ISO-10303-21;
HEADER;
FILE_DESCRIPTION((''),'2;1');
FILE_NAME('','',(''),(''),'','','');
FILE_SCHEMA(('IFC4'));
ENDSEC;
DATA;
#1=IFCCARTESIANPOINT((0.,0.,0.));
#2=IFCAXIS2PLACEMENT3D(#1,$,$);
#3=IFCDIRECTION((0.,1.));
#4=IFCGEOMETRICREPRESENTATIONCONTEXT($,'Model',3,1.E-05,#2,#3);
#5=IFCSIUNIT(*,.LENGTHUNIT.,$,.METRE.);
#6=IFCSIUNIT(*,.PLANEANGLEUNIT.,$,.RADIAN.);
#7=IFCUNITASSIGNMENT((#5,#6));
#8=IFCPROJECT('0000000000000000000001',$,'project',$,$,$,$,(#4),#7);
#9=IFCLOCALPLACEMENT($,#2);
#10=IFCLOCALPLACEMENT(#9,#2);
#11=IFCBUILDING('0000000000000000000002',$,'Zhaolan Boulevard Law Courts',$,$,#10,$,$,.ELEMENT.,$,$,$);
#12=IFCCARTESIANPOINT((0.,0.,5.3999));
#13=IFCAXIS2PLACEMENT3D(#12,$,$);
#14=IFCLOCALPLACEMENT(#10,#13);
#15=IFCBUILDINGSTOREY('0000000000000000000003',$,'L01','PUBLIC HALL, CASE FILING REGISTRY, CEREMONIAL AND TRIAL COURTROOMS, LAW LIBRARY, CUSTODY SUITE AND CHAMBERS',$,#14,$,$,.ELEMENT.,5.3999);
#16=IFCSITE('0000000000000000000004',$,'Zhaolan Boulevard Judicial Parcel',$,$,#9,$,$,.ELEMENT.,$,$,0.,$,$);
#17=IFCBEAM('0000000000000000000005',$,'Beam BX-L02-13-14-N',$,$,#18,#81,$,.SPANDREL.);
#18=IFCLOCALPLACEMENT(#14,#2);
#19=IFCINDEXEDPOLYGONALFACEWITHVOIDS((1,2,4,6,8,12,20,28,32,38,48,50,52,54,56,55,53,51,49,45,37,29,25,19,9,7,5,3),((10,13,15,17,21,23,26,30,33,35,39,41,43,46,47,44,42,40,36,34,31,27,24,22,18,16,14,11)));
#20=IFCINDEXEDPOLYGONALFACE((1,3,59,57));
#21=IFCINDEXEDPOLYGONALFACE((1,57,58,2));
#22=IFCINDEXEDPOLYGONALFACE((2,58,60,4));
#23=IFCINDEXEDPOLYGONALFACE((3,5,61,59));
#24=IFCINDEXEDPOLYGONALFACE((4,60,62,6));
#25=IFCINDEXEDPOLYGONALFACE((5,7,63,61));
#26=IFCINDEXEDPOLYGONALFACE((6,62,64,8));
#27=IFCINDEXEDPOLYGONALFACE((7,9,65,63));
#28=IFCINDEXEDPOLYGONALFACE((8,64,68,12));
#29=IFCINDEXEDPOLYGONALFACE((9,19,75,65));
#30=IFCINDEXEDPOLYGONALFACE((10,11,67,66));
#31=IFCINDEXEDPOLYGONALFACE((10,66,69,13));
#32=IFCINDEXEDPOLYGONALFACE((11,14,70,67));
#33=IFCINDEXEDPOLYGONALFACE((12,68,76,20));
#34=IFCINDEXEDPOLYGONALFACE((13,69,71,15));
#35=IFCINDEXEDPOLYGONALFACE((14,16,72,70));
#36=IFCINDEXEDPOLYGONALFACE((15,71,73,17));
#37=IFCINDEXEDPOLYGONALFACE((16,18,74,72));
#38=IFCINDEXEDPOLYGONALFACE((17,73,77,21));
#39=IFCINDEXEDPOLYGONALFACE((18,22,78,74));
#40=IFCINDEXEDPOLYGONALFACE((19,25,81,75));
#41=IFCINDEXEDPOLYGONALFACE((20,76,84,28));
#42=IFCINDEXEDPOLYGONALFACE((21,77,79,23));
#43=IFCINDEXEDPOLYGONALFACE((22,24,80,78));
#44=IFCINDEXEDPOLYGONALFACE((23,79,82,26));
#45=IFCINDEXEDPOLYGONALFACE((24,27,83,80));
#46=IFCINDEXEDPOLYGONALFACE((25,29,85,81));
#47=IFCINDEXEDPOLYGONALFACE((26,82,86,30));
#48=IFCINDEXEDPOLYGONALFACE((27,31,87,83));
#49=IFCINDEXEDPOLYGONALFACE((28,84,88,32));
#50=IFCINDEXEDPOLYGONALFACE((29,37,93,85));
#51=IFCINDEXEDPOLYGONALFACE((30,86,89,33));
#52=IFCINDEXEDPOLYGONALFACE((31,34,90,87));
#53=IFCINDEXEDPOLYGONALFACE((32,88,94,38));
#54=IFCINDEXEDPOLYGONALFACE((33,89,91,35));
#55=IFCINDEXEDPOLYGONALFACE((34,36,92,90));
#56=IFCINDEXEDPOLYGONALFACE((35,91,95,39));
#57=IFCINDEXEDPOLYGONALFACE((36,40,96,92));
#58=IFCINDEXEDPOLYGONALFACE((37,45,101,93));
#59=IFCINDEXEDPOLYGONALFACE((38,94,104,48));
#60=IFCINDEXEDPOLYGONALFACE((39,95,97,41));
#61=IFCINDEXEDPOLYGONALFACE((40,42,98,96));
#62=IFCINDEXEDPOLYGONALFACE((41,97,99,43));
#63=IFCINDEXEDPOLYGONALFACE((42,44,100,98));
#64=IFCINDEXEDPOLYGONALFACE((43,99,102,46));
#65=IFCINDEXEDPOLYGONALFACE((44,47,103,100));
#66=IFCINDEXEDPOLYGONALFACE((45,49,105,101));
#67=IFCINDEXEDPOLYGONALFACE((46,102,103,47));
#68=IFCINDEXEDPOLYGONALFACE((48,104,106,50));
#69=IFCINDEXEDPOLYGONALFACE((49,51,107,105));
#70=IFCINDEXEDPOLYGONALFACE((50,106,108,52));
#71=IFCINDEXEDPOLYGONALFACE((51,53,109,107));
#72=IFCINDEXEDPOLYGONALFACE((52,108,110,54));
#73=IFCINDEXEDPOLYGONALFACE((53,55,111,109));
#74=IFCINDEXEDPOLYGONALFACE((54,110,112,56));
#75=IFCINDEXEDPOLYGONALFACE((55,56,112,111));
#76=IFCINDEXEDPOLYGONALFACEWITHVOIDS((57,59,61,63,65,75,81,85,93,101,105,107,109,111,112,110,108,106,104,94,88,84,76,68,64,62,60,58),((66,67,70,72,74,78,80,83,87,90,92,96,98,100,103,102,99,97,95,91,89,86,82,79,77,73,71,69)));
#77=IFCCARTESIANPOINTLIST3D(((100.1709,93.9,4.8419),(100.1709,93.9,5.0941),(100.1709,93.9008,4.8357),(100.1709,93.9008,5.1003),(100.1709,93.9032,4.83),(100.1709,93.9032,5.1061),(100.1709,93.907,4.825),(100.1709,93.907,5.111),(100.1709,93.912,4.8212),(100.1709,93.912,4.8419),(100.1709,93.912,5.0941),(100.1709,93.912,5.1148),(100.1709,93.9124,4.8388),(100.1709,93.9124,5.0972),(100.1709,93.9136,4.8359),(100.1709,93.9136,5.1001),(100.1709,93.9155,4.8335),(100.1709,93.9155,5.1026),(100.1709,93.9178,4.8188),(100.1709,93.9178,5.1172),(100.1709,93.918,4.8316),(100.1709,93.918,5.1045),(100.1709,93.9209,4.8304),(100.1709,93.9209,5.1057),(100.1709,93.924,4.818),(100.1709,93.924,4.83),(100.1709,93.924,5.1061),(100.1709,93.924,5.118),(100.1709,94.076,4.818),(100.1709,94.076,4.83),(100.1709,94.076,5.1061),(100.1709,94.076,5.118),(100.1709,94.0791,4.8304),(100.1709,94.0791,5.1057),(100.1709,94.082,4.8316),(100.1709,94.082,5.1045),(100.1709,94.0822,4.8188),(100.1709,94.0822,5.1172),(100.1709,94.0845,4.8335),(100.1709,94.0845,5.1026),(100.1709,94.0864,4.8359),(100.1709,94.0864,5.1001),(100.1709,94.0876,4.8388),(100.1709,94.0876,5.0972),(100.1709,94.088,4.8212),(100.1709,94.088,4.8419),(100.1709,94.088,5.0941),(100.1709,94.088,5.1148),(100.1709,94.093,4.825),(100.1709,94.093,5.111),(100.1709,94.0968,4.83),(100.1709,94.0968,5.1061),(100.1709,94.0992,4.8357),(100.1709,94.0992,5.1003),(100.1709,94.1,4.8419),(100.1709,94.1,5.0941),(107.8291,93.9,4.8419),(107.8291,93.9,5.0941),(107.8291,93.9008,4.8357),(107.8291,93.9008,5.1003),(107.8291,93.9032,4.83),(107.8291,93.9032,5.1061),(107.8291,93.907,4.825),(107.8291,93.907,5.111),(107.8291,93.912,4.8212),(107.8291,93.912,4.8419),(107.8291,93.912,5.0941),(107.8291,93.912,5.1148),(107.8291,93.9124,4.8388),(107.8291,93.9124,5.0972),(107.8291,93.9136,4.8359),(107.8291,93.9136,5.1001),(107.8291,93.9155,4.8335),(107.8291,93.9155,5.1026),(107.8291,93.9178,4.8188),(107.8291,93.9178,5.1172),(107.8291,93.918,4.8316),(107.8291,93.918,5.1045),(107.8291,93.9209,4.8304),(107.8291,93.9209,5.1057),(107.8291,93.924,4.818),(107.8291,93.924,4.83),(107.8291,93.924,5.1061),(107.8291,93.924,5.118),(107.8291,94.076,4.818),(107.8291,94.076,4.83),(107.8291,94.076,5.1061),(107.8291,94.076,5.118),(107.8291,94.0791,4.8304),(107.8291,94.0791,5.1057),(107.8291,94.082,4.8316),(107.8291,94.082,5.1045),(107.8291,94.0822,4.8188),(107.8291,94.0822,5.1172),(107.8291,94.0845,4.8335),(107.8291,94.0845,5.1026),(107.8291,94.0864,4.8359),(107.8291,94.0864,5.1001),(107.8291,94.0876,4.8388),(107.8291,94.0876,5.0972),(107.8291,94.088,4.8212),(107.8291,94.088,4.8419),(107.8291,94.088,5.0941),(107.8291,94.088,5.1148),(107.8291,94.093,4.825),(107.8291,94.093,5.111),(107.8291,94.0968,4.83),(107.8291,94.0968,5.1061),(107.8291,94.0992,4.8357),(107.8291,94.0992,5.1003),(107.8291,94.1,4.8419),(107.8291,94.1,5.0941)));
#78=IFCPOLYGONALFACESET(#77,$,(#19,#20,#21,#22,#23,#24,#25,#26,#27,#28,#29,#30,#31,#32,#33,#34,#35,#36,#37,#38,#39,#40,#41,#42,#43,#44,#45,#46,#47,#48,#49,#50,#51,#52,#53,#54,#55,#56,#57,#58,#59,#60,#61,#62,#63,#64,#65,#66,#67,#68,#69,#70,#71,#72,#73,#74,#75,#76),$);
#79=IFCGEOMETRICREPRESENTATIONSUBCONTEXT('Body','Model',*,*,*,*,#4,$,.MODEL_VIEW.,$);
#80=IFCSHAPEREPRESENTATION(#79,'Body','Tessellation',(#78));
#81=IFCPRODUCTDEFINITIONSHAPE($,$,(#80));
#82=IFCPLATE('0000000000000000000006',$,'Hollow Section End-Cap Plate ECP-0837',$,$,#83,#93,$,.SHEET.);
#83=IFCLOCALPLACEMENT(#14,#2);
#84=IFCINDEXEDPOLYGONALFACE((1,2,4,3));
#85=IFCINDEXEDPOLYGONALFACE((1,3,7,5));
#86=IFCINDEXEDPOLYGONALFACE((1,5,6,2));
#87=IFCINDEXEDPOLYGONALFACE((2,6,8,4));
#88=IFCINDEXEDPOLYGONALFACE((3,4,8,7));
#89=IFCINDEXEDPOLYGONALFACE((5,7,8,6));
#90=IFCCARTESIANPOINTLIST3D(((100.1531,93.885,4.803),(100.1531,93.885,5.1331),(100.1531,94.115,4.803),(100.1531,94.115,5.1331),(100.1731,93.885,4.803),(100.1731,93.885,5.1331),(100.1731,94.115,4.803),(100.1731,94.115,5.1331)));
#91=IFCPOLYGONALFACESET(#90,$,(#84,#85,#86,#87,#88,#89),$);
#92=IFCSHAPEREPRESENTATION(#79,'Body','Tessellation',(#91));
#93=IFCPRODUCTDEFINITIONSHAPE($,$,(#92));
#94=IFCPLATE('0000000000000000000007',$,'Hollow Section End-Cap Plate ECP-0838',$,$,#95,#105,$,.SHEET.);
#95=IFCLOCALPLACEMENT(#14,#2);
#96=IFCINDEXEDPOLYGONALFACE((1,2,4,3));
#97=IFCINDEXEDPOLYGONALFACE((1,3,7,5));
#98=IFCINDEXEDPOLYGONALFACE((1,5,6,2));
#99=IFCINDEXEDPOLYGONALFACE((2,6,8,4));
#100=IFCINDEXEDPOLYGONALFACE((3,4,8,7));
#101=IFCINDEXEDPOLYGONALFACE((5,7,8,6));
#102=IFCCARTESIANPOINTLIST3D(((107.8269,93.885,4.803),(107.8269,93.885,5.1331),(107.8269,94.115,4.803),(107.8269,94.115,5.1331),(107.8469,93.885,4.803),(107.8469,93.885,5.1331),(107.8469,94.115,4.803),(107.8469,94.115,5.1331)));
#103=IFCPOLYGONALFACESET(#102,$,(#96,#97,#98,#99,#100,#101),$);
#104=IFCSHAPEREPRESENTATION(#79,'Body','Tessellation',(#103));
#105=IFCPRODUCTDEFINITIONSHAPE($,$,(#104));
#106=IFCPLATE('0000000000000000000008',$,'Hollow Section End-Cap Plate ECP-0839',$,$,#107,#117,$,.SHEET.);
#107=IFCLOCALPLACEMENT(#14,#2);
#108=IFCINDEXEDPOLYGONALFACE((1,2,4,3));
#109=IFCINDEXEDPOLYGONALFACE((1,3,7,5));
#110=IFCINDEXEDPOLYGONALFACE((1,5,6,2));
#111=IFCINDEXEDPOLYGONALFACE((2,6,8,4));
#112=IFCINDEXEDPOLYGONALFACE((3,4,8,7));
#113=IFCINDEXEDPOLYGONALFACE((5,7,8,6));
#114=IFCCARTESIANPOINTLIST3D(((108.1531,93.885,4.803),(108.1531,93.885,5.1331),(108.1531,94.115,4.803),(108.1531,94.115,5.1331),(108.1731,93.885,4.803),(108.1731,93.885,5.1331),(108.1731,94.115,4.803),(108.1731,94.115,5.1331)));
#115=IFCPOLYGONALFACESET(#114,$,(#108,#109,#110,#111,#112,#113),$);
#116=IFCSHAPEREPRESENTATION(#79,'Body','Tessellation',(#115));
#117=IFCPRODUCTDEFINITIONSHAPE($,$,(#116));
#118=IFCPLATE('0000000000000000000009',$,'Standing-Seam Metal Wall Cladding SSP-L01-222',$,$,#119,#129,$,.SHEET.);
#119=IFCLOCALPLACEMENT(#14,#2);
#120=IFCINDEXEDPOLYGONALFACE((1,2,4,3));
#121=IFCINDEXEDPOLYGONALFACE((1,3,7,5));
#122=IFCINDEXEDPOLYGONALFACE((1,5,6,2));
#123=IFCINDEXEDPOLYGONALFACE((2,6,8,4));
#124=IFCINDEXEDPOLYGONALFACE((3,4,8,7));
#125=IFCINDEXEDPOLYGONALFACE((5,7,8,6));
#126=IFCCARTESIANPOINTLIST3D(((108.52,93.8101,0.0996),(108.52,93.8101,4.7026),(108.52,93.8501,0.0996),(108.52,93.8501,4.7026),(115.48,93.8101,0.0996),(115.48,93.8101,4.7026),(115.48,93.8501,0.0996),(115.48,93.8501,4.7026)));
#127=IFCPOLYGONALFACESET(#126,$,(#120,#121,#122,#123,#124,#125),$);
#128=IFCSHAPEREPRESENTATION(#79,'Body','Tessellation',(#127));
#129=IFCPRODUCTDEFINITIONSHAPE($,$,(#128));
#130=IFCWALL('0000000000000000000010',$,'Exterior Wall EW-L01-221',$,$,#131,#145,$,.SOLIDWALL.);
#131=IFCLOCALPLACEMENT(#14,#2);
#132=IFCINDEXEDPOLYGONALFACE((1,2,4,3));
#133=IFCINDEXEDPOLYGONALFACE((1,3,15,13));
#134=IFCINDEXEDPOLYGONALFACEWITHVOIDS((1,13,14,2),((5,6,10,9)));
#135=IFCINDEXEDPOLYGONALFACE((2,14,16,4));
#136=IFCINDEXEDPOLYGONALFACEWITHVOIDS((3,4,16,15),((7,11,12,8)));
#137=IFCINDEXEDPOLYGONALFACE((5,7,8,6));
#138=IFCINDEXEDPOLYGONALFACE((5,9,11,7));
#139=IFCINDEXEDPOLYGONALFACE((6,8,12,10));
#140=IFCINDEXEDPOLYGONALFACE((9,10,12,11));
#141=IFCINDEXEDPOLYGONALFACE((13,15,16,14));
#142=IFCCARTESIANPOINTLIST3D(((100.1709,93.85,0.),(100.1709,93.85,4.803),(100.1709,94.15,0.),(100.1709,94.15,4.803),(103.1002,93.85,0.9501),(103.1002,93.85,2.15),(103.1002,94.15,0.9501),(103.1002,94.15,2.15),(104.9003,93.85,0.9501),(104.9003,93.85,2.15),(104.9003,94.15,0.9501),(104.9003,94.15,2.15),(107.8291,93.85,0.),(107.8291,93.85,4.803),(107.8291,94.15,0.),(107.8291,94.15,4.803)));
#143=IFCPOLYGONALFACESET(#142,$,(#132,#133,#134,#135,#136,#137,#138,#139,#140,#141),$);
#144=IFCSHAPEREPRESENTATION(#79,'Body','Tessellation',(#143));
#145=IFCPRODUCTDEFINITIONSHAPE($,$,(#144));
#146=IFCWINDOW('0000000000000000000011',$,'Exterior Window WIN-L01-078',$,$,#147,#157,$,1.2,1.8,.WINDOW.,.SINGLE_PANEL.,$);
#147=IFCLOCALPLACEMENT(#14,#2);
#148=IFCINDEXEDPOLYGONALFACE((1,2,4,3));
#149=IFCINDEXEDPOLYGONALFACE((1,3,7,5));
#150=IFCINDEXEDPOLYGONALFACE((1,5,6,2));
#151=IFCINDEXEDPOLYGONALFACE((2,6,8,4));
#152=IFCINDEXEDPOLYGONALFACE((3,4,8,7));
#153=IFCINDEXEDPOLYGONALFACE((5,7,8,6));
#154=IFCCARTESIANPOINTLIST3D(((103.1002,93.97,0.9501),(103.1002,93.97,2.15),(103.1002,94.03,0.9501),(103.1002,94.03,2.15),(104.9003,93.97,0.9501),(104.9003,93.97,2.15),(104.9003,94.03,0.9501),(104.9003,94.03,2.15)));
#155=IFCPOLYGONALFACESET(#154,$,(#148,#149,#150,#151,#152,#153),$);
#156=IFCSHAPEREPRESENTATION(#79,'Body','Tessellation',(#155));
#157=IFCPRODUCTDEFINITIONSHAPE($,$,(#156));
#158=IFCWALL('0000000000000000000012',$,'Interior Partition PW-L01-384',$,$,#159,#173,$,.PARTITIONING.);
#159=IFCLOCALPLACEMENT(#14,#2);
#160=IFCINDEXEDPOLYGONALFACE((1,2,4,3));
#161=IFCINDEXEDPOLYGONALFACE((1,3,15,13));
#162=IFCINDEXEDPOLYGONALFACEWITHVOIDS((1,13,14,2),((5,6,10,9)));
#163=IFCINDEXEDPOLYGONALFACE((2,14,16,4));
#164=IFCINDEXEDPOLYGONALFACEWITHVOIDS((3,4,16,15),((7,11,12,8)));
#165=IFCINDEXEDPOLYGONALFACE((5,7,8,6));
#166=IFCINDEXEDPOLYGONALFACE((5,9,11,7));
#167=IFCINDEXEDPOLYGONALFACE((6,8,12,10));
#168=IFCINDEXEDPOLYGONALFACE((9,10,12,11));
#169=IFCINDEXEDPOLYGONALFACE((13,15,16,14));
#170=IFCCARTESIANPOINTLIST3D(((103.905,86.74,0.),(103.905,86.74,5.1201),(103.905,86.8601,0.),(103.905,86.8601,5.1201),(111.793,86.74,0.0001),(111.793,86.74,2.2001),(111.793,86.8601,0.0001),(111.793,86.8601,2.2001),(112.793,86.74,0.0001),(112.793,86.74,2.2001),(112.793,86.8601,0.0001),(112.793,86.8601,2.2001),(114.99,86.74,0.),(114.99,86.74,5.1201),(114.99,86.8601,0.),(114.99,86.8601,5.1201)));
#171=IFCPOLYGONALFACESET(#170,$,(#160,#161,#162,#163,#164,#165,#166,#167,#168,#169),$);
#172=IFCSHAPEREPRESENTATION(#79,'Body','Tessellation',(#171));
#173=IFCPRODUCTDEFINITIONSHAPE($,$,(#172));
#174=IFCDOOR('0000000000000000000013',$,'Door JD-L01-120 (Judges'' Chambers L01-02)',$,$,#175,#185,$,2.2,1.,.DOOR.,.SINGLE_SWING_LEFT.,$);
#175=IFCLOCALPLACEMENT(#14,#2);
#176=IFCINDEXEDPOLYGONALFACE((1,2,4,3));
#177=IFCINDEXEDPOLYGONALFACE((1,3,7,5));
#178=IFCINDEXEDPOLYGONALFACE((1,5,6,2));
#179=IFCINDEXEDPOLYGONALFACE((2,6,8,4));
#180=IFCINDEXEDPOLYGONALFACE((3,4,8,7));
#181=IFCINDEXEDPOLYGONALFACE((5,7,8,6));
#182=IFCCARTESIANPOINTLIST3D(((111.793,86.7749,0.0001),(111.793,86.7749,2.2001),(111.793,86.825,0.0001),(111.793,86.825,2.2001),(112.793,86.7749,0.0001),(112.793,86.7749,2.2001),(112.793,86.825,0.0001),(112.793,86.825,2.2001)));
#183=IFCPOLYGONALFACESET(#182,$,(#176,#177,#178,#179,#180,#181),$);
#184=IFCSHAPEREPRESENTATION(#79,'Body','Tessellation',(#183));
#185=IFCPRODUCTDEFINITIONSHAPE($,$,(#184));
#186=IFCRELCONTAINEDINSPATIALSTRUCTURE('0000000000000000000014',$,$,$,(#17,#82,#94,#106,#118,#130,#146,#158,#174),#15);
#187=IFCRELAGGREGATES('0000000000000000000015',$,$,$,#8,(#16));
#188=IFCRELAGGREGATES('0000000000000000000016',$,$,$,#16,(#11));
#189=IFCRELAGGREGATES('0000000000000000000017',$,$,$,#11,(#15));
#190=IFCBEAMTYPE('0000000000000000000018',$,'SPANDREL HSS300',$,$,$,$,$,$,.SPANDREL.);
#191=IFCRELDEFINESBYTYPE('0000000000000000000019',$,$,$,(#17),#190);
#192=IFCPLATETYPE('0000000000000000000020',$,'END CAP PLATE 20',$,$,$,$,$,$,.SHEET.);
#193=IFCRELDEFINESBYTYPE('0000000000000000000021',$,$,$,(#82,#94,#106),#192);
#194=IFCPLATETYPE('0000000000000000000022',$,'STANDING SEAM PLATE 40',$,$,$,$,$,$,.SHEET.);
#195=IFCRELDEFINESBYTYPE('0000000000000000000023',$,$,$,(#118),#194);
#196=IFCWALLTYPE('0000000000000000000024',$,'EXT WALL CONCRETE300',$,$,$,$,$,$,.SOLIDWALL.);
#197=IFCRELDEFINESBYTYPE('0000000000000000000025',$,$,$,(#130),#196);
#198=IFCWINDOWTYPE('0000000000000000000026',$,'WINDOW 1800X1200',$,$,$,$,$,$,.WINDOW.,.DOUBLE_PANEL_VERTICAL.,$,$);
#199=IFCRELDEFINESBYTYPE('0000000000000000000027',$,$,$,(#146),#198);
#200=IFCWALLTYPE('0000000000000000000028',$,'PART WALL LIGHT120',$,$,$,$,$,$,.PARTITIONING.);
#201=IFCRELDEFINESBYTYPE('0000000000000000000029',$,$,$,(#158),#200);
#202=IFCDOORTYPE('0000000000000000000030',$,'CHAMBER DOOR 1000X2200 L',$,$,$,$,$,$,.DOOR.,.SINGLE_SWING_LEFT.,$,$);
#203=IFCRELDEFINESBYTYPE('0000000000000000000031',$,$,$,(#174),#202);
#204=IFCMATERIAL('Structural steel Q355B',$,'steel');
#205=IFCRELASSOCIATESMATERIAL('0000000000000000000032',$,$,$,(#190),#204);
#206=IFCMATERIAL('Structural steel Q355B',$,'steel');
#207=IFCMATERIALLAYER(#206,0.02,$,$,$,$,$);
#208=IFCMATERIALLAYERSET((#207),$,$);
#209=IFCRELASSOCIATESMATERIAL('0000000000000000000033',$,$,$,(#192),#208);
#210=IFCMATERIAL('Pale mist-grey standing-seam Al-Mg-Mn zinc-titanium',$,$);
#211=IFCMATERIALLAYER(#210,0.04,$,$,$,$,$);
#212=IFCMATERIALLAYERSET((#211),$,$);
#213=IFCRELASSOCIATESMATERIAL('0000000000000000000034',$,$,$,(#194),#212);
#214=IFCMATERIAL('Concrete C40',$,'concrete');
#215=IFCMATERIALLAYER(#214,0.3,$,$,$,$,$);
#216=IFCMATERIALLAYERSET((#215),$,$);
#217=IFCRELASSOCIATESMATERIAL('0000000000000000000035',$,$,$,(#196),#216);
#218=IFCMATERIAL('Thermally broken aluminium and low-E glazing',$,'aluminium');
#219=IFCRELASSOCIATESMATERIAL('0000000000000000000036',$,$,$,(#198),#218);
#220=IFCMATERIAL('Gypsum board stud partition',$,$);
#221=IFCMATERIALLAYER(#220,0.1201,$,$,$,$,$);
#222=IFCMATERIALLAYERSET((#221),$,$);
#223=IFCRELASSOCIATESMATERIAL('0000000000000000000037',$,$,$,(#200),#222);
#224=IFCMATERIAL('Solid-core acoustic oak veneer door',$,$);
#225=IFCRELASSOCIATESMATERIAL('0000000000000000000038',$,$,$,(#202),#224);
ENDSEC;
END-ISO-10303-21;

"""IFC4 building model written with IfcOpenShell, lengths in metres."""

from ifc_helpers import new_model, si_unit, direction, frame, frame_2d, origin, origin_2d, place, context, subcontext, project, spatial, rectangle, hollow_rectangle, extrude, material, layer, layer_set, material_profile, profile_set, type_object, element, fill, save


model = new_model("IFC4")

# Units and contexts
model_context = context("Model", 3, precision=1e-05, world=origin(), true_north=direction((0.0, 1.0)))
body_context = subcontext(model_context, "Body", "Model", "MODEL_VIEW")
ifc_project = project(units=[si_unit("LENGTHUNIT", "METRE"), si_unit("PLANEANGLEUNIT", "RADIAN")], contexts=[model_context])

# Site, building, storey
site_placement = place(None, origin())
site = spatial("IfcSite", under=ifc_project, at=site_placement, Name="Zhaolan Boulevard Judicial Parcel", CompositionType="ELEMENT", RefElevation=0.0)
building_placement = place(site_placement, origin())
building = spatial("IfcBuilding", under=site, at=building_placement, Name="Zhaolan Boulevard Law Courts", CompositionType="ELEMENT")
storey_placement = place(building_placement, frame((0.0, 0.0, 5.3999)))
storey = spatial("IfcBuildingStorey", under=building, at=storey_placement, Name="L01", Description="PUBLIC HALL, CASE FILING REGISTRY, CEREMONIAL AND TRIAL COURTROOMS, LAW LIBRARY, CUSTODY SUITE AND CHAMBERS", CompositionType="ELEMENT", Elevation=5.3999)

# Beam
ifc_material_1 = material(Name="Structural steel Q355B", Category="steel")
ifc_material_profile_1 = material_profile(ifc_material_1, hollow_rectangle(XDim=0.2, YDim=0.3, WallThickness=0.012, InnerFilletRadius=0.012, OuterFilletRadius=0.0239, at=origin_2d()), Name="HSS300x200x12")
ifc_profile_set_1 = profile_set([ifc_material_profile_1], Name="Structural steel Q355B")
beam_type_1 = type_object("IfcBeamType", Name="SPANDREL HSS300", PredefinedType="SPANDREL", material=ifc_profile_set_1)
beam_1_placement = place(storey_placement, frame((100.1709, 94.0, 4.968), z_axis=(1.0, 0.0, 0.0), x_axis=(0.0, 1.0, 0.0)))
element("IfcBeam", 1, at=beam_1_placement, inside=storey, type_object=beam_type_1, Name="Beam BX-L02-13-14-N", PredefinedType="SPANDREL", context=body_context, shape_type="SweptSolid", body=[
    extrude(hollow_rectangle(XDim=0.2, YDim=0.3, WallThickness=0.012, InnerFilletRadius=0.012, OuterFilletRadius=0.0239, at=origin_2d()), origin(), (0.0, 0.0, 1.0), 7.6582),
])

# Plates
ifc_material_2 = material(Name="Structural steel Q355B", Category="steel")
ifc_layer_1 = layer(ifc_material_2, 0.02)
ifc_layer_set_1 = layer_set([ifc_layer_1])
plate_type_1 = type_object("IfcPlateType", Name="END CAP PLATE 20", PredefinedType="SHEET", material=ifc_layer_set_1)
for number, where, z_axis, x_axis, name in (
    (2, (100.1631, 94.0, 4.803), (0.0, 0.0, 1.0), (1.0, 0.0, 0.0), "Hollow Section End-Cap Plate ECP-0837"),
    (3, (107.8369, 94.0, 4.803), (0.0, 0.0, 1.0), (1.0, 0.0, 0.0), "Hollow Section End-Cap Plate ECP-0838"),
    (4, (108.1631, 94.0, 4.803), (0.0, 0.0, 1.0), (1.0, 0.0, 0.0), "Hollow Section End-Cap Plate ECP-0839"),
):
    element("IfcPlate", number, at=place(storey_placement, frame(where, z_axis=z_axis, x_axis=x_axis)), inside=storey, type_object=plate_type_1, Name=name, PredefinedType="SHEET", context=body_context, shape_type="SweptSolid", body=[
        extrude(rectangle(XDim=0.02, YDim=0.23, at=origin_2d()), origin(), (0.0, 0.0, 1.0), 0.3301),
    ])
ifc_material_3 = material(Name="Pale mist-grey standing-seam Al-Mg-Mn zinc-titanium")
ifc_layer_2 = layer(ifc_material_3, 0.04)
ifc_layer_set_2 = layer_set([ifc_layer_2])
plate_type_2 = type_object("IfcPlateType", Name="STANDING SEAM PLATE 40", PredefinedType="SHEET", material=ifc_layer_set_2)
plate_placement = place(storey_placement, frame((112.0, 93.8301, 0.0996), z_axis=(0.0, 0.0, 1.0), x_axis=(-1.0, 0.0, 0.0)))
element("IfcPlate", 5, at=plate_placement, inside=storey, type_object=plate_type_2, Name="Standing-Seam Metal Wall Cladding SSP-L01-222", PredefinedType="SHEET", context=body_context, shape_type="SweptSolid", body=[
    extrude(rectangle(XDim=6.96, YDim=0.04, at=origin_2d()), origin(), (0.0, 0.0, 1.0), 4.603),
])

# Wall, opening, window
ifc_material_4 = material(Name="Concrete C40", Category="concrete")
ifc_layer_3 = layer(ifc_material_4, 0.3)
ifc_layer_set_3 = layer_set([ifc_layer_3])
wall_type_1 = type_object("IfcWallType", Name="EXT WALL CONCRETE300", PredefinedType="SOLIDWALL", material=ifc_layer_set_3)
wall_1_placement = place(storey_placement, frame((107.8291, 94.0, 0.0), z_axis=(0.0, 0.0, 1.0), x_axis=(-1.0, 0.0, 0.0)))
wall_1 = element("IfcWall", 6, at=wall_1_placement, inside=storey, type_object=wall_type_1, Name="Exterior Wall EW-L01-221", PredefinedType="SOLIDWALL", context=body_context, shape_type="SweptSolid", body=[
    extrude(rectangle(XDim=7.6582, YDim=0.3, at=frame_2d((3.8291, 0.0))), origin(), (0.0, 0.0, 1.0), 4.803),
])
opening_1_placement = place(wall_1_placement, frame((2.929, 0.0, 0.95)))
opening_1 = element("IfcOpeningElement", 7, at=opening_1_placement, cuts=wall_1, PredefinedType="OPENING", context=body_context, shape_type="SweptSolid", body=[
    extrude(rectangle(XDim=1.8, YDim=1.2, at=frame_2d((0.8999, 0.6001))), frame((0.0, 0.1599, 0.0), z_axis=(0.0, -1.0, 0.0), x_axis=(1.0, 0.0, 0.0)), (0.0, 0.0, 1.0), 0.3201),
])
ifc_material_5 = material(Name="Thermally broken aluminium and low-E glazing", Category="aluminium")
window_type = type_object("IfcWindowType", Name="WINDOW 1800X1200", PartitioningType="DOUBLE_PANEL_VERTICAL", PredefinedType="WINDOW", material=ifc_material_5)
window_placement = place(opening_1_placement, origin())
window = element("IfcWindow", 8, at=window_placement, inside=storey, type_object=window_type, Name="Exterior Window WIN-L01-078", OverallHeight=1.2, OverallWidth=1.8, PartitioningType="SINGLE_PANEL", PredefinedType="WINDOW", context=body_context, shape_type="SweptSolid", body=[
    extrude(rectangle(XDim=1.8, YDim=1.2, at=frame_2d((0.8999, 0.6001))), frame((0.0, 0.03, 0.0), z_axis=(0.0, -1.0, 0.0), x_axis=(1.0, 0.0, 0.0)), (0.0, 0.0, 1.0), 0.0601),
])
fill(opening_1, window)

# Wall, opening, door
ifc_material_6 = material(Name="Gypsum board stud partition")
ifc_layer_4 = layer(ifc_material_6, 0.1201)
ifc_layer_set_4 = layer_set([ifc_layer_4])
wall_type_2 = type_object("IfcWallType", Name="PART WALL LIGHT120", PredefinedType="PARTITIONING", material=ifc_layer_set_4)
wall_2_placement = place(storey_placement, frame((103.905, 86.8, 0.0), z_axis=(0.0, 0.0, 1.0), x_axis=(1.0, 0.0, 0.0)))
wall_2 = element("IfcWall", 9, at=wall_2_placement, inside=storey, type_object=wall_type_2, Name="Interior Partition PW-L01-384", PredefinedType="PARTITIONING", context=body_context, shape_type="SweptSolid", body=[
    extrude(rectangle(XDim=11.085, YDim=0.1201, at=frame_2d((5.5425, 0.0))), origin(), (0.0, 0.0, 1.0), 5.1201),
])
opening_2_placement = place(wall_2_placement, frame((7.8879, 0.0, 0.0)))
opening_2 = element("IfcOpeningElement", 10, at=opening_2_placement, cuts=wall_2, PredefinedType="OPENING", context=body_context, shape_type="SweptSolid", body=[
    extrude(rectangle(XDim=1.0, YDim=2.2, at=frame_2d((0.5, 1.1001))), frame((0.0, 0.0701, 0.0), z_axis=(0.0, -1.0, 0.0), x_axis=(1.0, 0.0, 0.0)), (0.0, 0.0, 1.0), 0.1401),
])
ifc_material_7 = material(Name="Solid-core acoustic oak veneer door")
door_type_1 = type_object("IfcDoorType", Name="CHAMBER DOOR 1000X2200 L", OperationType="SINGLE_SWING_LEFT", PredefinedType="DOOR", material=ifc_material_7)
door_1_placement = place(opening_2_placement, origin())
door_1 = element("IfcDoor", 11, at=door_1_placement, inside=storey, type_object=door_type_1, Name="Door JD-L01-120 (Judges' Chambers L01-02)", OperationType="SINGLE_SWING_LEFT", OverallHeight=2.2, OverallWidth=1.0, PredefinedType="DOOR", context=body_context, shape_type="SweptSolid", body=[
    extrude(rectangle(XDim=1.0, YDim=2.2, at=frame_2d((0.5, 1.1001))), frame((0.0, 0.0249, 0.0), z_axis=(0.0, -1.0, 0.0), x_axis=(1.0, 0.0, 0.0)), (0.0, 0.0, 1.0), 0.05),
])
fill(opening_2, door_1)

save(model, "model.ifc")
